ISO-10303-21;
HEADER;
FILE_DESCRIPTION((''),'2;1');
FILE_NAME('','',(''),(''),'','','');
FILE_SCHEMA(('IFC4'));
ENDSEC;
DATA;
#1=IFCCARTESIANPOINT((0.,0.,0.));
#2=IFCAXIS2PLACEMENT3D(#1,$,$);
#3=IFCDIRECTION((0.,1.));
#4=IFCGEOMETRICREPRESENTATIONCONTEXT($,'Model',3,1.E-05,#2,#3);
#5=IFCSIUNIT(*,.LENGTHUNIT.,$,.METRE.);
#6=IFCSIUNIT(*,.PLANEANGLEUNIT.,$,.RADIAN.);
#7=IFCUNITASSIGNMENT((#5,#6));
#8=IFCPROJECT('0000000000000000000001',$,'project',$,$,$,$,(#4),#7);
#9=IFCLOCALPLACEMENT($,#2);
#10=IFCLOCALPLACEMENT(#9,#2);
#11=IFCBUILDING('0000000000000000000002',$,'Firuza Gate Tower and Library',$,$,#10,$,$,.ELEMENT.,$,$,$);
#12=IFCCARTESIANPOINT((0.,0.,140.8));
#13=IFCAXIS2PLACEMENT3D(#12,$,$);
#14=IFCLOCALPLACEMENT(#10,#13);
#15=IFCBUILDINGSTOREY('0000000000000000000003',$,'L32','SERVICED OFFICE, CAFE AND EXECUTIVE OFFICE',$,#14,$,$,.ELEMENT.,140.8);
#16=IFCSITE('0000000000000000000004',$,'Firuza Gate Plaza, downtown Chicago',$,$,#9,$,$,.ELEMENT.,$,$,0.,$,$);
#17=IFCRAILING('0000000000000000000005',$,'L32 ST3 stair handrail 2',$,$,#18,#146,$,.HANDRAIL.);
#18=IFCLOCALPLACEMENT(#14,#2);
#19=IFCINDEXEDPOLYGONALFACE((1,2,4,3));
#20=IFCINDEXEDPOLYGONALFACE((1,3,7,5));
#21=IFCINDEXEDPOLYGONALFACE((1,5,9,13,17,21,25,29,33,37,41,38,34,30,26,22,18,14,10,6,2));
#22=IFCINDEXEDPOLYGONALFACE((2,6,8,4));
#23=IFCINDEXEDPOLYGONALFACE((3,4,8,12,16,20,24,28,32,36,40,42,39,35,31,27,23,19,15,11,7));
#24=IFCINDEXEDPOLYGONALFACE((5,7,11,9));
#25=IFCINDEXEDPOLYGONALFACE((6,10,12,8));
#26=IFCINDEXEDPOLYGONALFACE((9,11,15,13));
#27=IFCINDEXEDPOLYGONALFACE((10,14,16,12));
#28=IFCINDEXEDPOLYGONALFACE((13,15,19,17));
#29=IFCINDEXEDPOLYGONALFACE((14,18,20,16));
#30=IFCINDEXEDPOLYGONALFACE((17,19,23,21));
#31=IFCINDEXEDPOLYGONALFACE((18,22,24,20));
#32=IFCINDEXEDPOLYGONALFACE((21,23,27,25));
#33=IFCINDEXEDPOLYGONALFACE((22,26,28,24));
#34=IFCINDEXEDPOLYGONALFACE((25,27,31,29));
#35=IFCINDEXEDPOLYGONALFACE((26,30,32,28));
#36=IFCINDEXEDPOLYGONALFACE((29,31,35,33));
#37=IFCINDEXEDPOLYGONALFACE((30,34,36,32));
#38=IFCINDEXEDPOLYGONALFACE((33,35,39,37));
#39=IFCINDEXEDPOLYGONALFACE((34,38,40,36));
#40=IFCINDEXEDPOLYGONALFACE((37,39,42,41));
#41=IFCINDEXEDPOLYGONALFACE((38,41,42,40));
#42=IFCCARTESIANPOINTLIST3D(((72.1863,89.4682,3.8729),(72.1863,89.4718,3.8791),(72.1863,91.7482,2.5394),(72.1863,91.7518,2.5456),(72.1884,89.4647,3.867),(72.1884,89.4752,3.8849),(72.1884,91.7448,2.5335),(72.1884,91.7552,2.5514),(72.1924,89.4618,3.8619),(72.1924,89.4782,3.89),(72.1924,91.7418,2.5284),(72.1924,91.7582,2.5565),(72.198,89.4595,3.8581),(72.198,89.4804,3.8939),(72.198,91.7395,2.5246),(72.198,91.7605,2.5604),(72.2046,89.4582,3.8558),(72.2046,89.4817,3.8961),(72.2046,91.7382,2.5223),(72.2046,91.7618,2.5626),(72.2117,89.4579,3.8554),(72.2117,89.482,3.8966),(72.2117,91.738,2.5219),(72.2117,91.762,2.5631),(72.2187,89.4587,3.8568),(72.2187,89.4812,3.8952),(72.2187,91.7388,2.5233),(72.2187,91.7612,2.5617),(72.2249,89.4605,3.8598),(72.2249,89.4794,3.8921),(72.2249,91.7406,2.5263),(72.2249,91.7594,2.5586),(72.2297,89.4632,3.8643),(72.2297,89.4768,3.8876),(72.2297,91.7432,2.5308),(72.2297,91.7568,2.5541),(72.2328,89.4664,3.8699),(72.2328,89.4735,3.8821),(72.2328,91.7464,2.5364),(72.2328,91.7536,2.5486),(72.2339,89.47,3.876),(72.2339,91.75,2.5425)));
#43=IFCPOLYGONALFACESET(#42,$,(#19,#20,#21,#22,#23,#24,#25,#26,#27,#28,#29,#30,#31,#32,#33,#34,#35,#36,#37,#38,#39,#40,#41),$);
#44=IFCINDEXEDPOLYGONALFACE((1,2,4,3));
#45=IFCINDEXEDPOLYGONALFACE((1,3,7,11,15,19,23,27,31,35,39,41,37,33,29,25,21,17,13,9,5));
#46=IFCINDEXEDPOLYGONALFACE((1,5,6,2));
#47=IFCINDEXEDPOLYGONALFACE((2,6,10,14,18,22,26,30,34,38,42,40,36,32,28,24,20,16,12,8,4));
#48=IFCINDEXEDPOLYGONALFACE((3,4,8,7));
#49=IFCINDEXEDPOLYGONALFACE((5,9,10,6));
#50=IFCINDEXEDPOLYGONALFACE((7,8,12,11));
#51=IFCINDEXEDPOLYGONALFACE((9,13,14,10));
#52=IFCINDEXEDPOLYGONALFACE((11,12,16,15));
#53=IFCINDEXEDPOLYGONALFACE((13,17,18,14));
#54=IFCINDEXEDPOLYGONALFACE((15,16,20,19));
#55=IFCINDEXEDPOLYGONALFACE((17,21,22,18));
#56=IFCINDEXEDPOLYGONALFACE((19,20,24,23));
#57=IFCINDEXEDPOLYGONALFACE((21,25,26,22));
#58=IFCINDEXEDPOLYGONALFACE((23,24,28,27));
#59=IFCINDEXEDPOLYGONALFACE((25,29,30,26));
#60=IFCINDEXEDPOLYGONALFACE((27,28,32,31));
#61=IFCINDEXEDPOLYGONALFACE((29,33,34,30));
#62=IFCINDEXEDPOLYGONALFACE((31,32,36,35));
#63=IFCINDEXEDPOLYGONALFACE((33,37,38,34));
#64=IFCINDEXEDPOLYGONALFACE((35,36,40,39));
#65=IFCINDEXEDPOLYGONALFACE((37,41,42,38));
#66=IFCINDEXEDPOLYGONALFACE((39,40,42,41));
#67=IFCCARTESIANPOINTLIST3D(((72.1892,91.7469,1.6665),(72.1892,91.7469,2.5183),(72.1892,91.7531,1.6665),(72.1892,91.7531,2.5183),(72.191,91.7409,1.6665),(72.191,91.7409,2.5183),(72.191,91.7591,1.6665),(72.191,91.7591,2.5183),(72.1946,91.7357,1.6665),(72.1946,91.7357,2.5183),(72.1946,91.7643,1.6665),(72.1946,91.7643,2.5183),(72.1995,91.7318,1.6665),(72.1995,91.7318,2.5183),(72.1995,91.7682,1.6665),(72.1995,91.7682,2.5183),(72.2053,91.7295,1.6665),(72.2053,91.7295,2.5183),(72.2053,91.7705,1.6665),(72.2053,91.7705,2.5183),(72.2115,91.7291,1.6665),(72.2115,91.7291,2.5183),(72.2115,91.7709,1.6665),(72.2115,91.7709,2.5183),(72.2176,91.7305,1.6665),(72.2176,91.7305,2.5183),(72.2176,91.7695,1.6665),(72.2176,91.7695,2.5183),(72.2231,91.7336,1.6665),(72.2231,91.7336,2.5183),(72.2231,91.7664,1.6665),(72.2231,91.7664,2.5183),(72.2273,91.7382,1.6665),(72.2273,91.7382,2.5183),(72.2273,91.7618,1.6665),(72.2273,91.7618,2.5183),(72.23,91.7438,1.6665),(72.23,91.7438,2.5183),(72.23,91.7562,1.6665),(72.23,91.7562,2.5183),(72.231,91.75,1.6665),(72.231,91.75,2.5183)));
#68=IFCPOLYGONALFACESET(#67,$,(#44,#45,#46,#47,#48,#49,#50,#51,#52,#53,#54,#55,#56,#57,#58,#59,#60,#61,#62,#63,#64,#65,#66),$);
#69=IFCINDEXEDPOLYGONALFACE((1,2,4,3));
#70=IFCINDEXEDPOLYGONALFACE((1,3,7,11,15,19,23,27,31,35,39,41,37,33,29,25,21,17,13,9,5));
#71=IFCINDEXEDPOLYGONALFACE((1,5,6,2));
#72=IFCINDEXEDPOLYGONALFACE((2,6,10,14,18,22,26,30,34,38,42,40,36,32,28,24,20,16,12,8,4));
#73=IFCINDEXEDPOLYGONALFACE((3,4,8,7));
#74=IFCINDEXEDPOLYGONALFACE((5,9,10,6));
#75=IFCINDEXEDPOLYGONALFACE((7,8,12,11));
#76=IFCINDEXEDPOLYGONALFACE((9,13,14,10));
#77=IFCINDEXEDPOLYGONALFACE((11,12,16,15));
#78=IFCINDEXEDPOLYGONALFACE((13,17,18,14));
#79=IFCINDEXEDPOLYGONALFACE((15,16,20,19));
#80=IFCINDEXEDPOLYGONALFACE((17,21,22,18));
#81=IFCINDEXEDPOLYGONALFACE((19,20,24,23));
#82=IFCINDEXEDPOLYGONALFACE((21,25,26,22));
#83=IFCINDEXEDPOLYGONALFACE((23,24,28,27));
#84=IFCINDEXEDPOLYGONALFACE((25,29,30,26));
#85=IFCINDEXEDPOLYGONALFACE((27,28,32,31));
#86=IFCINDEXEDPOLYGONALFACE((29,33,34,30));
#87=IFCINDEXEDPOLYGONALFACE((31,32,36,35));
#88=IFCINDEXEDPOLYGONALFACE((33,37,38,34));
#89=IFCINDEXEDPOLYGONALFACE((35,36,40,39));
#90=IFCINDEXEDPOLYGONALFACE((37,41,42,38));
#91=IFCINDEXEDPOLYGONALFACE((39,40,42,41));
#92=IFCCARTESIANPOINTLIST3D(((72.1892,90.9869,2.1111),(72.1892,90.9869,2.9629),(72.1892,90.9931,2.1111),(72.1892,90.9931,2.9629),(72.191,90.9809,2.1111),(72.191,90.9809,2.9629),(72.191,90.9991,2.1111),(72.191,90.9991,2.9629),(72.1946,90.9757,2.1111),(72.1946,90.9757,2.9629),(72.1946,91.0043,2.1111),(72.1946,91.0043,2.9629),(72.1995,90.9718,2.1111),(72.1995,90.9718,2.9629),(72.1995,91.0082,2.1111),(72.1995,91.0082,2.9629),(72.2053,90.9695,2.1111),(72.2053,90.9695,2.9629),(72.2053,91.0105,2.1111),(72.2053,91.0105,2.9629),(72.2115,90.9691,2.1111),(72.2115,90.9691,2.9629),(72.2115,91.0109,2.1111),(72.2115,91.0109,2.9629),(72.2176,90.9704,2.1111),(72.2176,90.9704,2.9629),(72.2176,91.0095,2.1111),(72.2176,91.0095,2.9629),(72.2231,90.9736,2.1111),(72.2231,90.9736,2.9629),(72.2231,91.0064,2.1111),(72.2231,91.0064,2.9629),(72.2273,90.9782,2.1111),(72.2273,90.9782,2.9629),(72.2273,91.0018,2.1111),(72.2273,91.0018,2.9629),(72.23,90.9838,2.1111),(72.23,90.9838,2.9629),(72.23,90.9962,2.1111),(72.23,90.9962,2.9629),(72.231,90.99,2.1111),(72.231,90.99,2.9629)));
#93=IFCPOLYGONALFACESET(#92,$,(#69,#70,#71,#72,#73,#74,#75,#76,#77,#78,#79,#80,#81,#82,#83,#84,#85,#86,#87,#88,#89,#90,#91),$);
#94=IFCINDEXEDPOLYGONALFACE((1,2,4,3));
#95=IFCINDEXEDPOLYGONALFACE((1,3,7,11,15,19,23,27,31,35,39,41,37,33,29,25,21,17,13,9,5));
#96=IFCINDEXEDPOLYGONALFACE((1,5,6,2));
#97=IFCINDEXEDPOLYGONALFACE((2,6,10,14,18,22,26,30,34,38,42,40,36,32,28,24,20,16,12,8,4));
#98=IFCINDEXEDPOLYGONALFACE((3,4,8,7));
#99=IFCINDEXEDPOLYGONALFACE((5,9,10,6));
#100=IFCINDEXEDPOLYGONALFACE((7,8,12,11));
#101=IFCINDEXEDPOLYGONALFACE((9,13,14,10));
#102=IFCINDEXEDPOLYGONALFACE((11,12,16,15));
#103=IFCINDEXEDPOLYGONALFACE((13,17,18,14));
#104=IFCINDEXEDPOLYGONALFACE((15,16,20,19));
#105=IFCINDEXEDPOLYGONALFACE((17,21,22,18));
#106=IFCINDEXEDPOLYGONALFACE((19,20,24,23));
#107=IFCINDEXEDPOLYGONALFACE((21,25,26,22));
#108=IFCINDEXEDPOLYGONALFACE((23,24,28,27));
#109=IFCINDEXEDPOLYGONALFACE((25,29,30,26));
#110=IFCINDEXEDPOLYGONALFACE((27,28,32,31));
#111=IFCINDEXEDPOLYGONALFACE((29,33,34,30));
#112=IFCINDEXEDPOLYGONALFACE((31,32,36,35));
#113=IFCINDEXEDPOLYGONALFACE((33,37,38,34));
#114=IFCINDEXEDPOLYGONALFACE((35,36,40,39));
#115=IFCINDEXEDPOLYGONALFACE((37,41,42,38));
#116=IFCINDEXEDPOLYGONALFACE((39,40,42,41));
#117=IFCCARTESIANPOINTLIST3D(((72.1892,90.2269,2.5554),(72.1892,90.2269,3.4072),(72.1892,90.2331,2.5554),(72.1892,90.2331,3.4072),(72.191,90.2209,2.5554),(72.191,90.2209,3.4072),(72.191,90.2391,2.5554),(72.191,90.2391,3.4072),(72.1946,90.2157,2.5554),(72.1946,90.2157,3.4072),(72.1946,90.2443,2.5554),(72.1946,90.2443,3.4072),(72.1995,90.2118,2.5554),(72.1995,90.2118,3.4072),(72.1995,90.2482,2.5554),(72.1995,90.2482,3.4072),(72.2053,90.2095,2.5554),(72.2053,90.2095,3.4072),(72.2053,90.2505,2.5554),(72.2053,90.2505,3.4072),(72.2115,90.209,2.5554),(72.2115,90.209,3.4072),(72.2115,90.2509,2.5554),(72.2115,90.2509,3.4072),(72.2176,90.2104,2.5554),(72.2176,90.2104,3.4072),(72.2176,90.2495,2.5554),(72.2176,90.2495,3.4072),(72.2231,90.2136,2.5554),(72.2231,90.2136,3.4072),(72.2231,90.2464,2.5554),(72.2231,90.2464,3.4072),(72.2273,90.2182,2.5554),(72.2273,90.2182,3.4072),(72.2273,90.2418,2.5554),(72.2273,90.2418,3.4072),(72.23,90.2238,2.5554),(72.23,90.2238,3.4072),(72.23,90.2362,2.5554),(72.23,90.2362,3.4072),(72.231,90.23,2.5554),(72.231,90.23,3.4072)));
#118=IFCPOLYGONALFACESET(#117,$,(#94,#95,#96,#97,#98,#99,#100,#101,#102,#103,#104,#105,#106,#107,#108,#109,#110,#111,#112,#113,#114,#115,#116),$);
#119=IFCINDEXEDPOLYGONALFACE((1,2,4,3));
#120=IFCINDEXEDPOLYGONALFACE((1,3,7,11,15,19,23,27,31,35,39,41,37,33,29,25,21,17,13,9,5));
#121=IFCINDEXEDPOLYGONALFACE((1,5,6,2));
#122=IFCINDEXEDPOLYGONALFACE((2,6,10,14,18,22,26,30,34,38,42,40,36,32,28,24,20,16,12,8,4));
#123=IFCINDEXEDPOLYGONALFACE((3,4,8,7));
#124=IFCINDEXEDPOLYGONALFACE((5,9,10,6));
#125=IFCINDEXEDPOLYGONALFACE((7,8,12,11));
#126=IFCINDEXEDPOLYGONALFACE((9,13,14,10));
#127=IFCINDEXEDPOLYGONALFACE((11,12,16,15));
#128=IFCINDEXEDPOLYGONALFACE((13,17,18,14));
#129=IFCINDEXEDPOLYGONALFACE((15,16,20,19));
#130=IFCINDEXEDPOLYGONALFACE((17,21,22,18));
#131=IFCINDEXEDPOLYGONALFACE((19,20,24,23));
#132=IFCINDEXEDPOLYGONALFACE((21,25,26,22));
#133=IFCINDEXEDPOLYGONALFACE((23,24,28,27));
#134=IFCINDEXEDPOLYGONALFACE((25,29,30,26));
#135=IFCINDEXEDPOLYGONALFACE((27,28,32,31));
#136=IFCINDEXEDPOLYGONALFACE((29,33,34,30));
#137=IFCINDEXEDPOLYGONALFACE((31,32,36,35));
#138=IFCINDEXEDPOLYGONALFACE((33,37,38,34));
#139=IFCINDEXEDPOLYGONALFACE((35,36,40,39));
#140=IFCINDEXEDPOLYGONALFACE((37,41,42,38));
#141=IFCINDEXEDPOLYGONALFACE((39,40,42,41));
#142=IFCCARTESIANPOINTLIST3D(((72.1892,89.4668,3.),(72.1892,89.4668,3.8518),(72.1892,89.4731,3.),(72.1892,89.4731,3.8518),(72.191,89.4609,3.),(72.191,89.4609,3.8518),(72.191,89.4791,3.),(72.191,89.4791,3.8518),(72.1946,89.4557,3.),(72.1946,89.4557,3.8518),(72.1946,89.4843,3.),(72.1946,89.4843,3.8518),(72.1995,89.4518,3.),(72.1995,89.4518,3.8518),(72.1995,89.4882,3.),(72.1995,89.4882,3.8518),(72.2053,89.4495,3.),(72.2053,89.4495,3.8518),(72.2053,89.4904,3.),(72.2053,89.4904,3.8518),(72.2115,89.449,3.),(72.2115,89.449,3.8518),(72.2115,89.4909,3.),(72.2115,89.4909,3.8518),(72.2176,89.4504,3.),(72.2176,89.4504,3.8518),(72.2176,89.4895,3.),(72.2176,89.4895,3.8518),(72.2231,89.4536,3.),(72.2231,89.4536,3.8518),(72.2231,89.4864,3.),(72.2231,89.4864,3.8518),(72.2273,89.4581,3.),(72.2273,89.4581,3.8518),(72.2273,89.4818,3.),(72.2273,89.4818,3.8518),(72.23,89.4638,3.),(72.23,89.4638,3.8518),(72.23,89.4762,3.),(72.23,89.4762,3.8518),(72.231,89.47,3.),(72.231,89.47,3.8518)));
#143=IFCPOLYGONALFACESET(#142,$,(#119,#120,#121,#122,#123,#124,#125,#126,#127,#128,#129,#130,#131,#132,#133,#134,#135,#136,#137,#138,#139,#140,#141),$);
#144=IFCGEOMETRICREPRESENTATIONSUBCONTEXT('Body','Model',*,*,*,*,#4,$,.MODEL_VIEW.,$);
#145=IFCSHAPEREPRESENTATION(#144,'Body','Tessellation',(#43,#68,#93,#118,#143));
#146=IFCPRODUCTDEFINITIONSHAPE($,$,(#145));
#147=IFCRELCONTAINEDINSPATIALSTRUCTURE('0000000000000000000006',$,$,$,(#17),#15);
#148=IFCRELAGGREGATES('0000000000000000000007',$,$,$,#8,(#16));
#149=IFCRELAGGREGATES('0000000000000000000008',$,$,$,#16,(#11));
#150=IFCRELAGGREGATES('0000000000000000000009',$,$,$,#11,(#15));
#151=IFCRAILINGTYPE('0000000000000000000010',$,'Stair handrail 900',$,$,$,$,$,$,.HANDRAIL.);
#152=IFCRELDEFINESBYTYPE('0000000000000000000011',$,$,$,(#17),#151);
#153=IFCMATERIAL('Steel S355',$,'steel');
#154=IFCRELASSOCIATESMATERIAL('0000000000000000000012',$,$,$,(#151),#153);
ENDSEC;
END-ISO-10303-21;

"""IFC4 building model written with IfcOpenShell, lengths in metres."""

from ifc_helpers import new_model, si_unit, direction, frame, origin, origin_2d, place, context, subcontext, project, spatial, circle, extrude, material, type_object, element, save


model = new_model("IFC4")

# Units and contexts
model_context = context("Model", 3, precision=1e-05, world=origin(), true_north=direction((0.0, 1.0)))
body_context = subcontext(model_context, "Body", "Model", "MODEL_VIEW")
ifc_project = project(units=[si_unit("LENGTHUNIT", "METRE"), si_unit("PLANEANGLEUNIT", "RADIAN")], contexts=[model_context])

# Site, building, storey
site_placement = place(None, origin())
site = spatial("IfcSite", under=ifc_project, at=site_placement, Name="Firuza Gate Plaza, downtown Chicago", CompositionType="ELEMENT", RefElevation=0.0)
building_placement = place(site_placement, origin())
building = spatial("IfcBuilding", under=site, at=building_placement, Name="Firuza Gate Tower and Library", CompositionType="ELEMENT")
storey_placement = place(building_placement, frame((0.0, 0.0, 140.8)))
storey = spatial("IfcBuildingStorey", under=building, at=storey_placement, Name="L32", Description="SERVICED OFFICE, CAFE AND EXECUTIVE OFFICE", CompositionType="ELEMENT", Elevation=140.8)

# Railing
ifc_material_1 = material(Name="Steel S355", Category="steel")
railing_type_1 = type_object("IfcRailingType", Name="Stair handrail 900", PredefinedType="HANDRAIL", material=ifc_material_1)
for number, where, name in (
    (1, (72.21, 91.75, 1.6665), "L32 ST3 stair handrail 2"),
):
    element("IfcRailing", number, at=place(storey_placement, frame(where)), inside=storey, type_object=railing_type_1, Name=name, PredefinedType="HANDRAIL", context=body_context, shape_type="SweptSolid", body=[
        extrude(circle(Radius=0.0239, at=origin_2d()), frame((0.0, 0.0, 0.876), z_axis=(0.0, -0.863205, 0.504853), x_axis=(1.0, 0.0, 0.0)), (0.0, 0.0, 1.0), 2.6414),
        extrude(circle(Radius=0.021, at=origin_2d()), origin(), (0.0, 0.0, 1.0), 0.8518),
        extrude(circle(Radius=0.021, at=origin_2d()), frame((0.0, -0.76, 0.4446)), (0.0, 0.0, 1.0), 0.8518),
        extrude(circle(Radius=0.021, at=origin_2d()), frame((0.0, -1.52, 0.8889)), (0.0, 0.0, 1.0), 0.8518),
        extrude(circle(Radius=0.021, at=origin_2d()), frame((0.0, -2.28, 1.3335)), (0.0, 0.0, 1.0), 0.8518),
    ])

save(model, "model.ifc")
